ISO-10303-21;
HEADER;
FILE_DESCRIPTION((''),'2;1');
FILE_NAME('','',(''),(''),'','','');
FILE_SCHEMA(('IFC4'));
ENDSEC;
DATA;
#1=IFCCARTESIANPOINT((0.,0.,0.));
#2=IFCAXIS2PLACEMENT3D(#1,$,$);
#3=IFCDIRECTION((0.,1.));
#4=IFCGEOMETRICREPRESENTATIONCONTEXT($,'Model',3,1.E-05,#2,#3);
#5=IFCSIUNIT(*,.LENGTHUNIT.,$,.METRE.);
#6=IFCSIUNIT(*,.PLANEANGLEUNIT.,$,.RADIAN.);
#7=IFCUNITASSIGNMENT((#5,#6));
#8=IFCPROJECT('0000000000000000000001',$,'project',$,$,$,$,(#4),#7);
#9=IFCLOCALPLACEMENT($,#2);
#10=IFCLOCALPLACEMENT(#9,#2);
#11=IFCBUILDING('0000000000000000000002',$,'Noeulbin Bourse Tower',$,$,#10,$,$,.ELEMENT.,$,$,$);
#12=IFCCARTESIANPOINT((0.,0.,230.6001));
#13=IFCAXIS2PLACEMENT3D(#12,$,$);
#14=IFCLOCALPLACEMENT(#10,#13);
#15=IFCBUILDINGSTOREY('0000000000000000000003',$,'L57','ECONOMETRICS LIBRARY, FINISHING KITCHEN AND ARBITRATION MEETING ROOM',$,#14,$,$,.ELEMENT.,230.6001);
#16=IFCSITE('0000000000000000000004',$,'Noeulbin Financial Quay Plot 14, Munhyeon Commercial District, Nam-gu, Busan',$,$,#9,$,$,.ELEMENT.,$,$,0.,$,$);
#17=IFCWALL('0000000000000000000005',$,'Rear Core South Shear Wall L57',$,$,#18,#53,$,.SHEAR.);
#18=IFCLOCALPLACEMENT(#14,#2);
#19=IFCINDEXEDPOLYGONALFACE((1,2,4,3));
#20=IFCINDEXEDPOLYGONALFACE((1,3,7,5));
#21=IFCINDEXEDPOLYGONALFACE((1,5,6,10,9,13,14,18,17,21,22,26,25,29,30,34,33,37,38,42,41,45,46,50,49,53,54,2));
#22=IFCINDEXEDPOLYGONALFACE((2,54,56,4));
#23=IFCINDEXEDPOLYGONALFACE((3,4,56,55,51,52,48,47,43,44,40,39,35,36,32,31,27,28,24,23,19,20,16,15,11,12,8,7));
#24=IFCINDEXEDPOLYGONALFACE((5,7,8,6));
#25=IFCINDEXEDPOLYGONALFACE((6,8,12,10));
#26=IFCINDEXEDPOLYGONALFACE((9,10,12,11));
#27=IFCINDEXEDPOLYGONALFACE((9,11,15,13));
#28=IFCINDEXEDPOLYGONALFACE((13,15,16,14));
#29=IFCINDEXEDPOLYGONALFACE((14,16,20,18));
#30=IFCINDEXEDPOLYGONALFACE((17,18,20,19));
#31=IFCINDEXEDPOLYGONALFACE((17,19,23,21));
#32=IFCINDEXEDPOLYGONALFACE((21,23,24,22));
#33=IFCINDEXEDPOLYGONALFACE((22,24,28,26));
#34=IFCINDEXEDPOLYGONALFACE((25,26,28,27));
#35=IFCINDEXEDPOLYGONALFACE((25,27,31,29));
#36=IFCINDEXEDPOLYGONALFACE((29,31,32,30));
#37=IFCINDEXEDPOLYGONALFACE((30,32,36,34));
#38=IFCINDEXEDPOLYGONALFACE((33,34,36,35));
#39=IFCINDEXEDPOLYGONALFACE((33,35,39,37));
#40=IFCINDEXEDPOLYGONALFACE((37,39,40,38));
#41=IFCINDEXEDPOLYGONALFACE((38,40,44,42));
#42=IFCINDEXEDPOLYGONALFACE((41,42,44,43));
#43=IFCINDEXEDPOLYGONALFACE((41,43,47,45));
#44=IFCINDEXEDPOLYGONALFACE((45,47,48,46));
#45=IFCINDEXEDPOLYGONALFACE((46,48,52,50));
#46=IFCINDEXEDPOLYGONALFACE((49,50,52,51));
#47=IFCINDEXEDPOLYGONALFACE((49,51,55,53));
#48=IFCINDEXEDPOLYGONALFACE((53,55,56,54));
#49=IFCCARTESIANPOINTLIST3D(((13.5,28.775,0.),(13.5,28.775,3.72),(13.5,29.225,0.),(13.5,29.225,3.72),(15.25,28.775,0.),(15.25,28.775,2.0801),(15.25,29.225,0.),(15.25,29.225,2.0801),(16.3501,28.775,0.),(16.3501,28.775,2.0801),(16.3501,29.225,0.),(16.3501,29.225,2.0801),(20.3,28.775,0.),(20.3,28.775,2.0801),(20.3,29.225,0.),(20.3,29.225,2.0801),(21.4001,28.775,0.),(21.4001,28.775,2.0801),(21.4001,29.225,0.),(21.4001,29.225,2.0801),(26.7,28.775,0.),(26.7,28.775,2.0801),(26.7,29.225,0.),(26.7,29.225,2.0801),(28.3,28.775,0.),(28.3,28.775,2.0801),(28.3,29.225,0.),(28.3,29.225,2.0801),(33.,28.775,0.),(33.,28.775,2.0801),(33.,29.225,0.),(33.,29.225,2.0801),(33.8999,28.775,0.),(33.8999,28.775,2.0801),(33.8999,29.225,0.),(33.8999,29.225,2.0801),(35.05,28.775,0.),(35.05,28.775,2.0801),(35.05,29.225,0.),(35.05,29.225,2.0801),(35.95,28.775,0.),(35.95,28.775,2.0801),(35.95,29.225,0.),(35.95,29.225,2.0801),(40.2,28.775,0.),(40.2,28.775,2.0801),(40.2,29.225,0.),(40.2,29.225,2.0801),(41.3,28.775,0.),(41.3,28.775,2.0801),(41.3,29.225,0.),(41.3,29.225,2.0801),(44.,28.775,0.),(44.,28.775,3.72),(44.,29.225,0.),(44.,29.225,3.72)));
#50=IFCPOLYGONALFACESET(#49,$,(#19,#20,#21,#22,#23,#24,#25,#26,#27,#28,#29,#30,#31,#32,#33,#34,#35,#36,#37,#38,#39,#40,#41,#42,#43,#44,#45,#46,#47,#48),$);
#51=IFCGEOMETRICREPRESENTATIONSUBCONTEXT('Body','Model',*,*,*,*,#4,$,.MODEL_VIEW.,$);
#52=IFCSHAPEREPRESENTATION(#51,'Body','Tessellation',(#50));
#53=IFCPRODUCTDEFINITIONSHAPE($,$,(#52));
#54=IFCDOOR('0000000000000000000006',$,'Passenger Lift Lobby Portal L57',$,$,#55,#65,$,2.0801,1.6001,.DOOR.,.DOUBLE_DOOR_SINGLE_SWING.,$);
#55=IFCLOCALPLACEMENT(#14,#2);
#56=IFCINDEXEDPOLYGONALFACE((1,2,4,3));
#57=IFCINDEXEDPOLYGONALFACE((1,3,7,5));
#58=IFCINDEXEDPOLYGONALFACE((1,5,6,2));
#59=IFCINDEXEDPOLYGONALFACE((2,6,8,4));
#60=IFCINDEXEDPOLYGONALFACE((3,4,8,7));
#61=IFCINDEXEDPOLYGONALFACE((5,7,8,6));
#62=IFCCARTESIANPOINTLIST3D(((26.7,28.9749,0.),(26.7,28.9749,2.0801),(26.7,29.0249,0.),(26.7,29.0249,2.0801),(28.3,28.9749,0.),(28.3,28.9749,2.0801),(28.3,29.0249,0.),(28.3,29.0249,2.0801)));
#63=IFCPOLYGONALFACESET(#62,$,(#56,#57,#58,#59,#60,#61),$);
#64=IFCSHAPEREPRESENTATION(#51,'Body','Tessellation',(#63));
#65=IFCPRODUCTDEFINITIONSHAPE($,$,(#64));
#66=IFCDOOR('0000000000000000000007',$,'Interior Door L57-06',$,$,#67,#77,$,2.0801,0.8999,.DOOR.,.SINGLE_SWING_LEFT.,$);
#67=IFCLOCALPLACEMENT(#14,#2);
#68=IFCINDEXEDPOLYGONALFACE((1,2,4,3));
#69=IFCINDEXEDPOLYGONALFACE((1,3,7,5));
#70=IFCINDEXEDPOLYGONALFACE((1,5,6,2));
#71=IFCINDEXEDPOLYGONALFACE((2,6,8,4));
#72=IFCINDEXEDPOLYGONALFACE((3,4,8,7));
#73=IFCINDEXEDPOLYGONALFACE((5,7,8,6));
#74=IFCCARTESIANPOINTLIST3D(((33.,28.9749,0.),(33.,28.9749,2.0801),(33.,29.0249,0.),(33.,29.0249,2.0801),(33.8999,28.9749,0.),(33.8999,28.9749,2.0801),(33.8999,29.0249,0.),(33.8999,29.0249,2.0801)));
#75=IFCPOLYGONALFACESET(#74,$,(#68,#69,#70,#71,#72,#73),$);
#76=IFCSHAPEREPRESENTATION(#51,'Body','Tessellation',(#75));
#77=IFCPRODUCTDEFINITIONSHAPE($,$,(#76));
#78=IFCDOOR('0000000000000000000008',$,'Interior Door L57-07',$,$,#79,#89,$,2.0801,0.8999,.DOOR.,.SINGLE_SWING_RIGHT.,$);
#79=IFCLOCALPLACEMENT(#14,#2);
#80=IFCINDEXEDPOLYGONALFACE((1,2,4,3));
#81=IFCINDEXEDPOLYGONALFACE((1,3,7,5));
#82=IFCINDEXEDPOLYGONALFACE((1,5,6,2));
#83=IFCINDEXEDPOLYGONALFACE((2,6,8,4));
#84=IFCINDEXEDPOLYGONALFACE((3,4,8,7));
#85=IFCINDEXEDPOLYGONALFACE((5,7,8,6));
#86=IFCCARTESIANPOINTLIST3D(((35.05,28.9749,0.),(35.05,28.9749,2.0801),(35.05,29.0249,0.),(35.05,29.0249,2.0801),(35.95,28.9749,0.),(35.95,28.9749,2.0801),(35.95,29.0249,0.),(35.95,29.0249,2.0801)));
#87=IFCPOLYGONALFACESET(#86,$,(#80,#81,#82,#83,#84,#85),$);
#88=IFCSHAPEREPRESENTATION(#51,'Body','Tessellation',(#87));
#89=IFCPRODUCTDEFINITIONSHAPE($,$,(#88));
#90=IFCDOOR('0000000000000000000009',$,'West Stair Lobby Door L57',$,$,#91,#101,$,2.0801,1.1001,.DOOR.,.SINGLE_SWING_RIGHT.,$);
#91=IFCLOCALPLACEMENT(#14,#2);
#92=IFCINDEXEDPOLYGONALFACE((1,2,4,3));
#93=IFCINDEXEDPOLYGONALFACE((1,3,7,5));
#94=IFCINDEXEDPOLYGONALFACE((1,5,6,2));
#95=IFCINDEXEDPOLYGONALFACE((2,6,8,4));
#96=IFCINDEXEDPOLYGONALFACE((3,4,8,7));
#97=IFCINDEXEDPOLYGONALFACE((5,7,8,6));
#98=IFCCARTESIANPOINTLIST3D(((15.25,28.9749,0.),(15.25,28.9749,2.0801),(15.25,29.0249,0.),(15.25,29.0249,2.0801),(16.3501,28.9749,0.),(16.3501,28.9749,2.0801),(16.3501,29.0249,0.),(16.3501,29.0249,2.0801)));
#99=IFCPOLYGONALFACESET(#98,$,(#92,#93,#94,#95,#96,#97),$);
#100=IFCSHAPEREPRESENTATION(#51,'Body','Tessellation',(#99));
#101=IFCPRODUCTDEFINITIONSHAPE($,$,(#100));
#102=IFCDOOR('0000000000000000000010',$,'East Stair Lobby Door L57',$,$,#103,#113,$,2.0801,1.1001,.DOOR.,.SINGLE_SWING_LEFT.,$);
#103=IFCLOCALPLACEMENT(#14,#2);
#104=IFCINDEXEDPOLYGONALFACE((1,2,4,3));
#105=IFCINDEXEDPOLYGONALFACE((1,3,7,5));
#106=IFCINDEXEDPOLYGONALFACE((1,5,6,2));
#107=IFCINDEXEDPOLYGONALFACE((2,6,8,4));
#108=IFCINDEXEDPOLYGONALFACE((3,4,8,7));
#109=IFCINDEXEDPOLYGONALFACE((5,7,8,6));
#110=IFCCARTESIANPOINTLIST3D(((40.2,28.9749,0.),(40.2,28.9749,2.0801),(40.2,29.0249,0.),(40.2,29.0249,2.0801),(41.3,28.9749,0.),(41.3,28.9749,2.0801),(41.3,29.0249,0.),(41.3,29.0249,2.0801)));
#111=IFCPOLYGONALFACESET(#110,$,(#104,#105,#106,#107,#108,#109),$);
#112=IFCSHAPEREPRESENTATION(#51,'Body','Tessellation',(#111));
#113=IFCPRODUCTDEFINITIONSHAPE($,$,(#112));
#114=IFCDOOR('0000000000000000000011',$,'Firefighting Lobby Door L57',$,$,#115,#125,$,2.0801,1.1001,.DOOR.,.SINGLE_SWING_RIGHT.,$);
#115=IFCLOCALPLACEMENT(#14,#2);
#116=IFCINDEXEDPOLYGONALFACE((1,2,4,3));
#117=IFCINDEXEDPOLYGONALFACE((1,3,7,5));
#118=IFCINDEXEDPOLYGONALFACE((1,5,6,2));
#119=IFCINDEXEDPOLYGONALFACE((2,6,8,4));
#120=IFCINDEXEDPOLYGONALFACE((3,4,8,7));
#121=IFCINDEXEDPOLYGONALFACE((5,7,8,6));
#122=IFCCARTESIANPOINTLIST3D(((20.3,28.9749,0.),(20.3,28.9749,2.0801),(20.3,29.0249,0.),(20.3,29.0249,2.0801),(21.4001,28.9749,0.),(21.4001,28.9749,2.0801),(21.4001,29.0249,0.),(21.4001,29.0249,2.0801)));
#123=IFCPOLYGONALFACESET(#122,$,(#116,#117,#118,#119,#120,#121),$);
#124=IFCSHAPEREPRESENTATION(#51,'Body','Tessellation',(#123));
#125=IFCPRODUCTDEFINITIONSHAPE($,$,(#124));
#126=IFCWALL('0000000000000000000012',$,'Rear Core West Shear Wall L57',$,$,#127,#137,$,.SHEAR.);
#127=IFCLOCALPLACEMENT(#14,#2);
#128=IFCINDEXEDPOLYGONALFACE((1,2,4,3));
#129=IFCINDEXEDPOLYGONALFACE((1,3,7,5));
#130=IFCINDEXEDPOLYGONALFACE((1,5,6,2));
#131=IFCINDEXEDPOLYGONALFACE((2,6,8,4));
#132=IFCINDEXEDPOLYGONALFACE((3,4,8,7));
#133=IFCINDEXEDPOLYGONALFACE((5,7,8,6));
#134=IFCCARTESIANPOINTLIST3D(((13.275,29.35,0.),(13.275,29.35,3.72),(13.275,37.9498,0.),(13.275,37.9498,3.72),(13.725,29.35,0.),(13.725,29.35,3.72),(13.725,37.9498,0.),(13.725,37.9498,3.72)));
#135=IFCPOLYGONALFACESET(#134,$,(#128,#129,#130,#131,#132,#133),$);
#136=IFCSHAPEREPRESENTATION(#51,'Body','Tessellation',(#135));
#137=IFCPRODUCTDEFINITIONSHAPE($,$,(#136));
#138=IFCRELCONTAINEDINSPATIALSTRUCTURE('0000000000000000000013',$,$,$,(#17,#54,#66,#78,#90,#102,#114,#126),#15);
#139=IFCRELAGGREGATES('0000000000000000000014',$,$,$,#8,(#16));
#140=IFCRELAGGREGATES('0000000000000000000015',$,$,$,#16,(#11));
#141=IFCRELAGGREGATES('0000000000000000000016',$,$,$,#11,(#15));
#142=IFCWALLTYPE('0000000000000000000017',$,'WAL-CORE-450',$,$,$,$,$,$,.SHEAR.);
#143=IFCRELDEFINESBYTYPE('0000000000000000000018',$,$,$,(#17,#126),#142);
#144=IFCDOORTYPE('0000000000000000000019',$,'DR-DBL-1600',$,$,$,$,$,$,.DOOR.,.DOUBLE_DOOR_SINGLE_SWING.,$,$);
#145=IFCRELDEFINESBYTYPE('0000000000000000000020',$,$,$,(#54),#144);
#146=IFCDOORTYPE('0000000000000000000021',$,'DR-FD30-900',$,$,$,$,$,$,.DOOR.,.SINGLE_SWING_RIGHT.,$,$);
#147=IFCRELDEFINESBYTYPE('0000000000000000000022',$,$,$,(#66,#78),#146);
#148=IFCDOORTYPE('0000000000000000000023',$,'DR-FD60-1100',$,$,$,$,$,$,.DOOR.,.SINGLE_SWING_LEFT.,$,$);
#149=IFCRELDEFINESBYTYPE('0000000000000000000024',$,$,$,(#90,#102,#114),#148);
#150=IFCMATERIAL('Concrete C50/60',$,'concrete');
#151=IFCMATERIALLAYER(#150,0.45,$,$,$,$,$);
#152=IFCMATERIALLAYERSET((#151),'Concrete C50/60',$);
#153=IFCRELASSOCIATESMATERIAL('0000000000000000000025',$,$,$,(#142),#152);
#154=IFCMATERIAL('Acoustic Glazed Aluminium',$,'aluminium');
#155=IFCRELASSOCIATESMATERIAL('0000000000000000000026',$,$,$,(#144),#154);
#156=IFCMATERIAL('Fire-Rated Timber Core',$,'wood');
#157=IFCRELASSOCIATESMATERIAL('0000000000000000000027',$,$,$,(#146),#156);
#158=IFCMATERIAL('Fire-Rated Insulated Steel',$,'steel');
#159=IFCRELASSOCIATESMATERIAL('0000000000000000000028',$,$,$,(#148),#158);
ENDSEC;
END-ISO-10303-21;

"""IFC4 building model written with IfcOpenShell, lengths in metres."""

from ifc_helpers import new_model, si_unit, direction, frame, frame_2d, origin, place, context, subcontext, project, spatial, rectangle, extrude, material, layer, layer_set, type_object, element, fill, save


model = new_model("IFC4")

# Units and contexts
model_context = context("Model", 3, precision=1e-05, world=origin(), true_north=direction((0.0, 1.0)))
body_context = subcontext(model_context, "Body", "Model", "MODEL_VIEW")
ifc_project = project(units=[si_unit("LENGTHUNIT", "METRE"), si_unit("PLANEANGLEUNIT", "RADIAN")], contexts=[model_context])

# Site, building, storey
site_placement = place(None, origin())
site = spatial("IfcSite", under=ifc_project, at=site_placement, Name="Noeulbin Financial Quay Plot 14, Munhyeon Commercial District, Nam-gu, Busan", CompositionType="ELEMENT", RefElevation=0.0)
building_placement = place(site_placement, origin())
building = spatial("IfcBuilding", under=site, at=building_placement, Name="Noeulbin Bourse Tower", CompositionType="ELEMENT")
storey_placement = place(building_placement, frame((0.0, 0.0, 230.6001)))
storey = spatial("IfcBuildingStorey", under=building, at=storey_placement, Name="L57", Description="ECONOMETRICS LIBRARY, FINISHING KITCHEN AND ARBITRATION MEETING ROOM", CompositionType="ELEMENT", Elevation=230.6001)

# Wall, openings, doors
ifc_material_1 = material(Name="Concrete C50/60", Category="concrete")
ifc_layer_1 = layer(ifc_material_1, 0.45)
ifc_layer_set_1 = layer_set([ifc_layer_1], Name="Concrete C50/60")
wall_type = type_object("IfcWallType", Name="WAL-CORE-450", PredefinedType="SHEAR", material=ifc_layer_set_1)
wall_1_placement = place(storey_placement, frame((13.5, 29.0, 0.0), z_axis=(0.0, 0.0, 1.0), x_axis=(1.0, 0.0, 0.0)))
wall_1 = element("IfcWall", 1, at=wall_1_placement, inside=storey, type_object=wall_type, Name="Rear Core South Shear Wall L57", PredefinedType="SHEAR", context=body_context, shape_type="SweptSolid", body=[
    extrude(rectangle(XDim=30.5, YDim=0.45, at=frame_2d((15.25, 0.0))), origin(), (0.0, 0.0, 1.0), 3.72),
])
opening_1_placement = place(wall_1_placement, frame((1.75, 0.0, 0.0)))
opening_1 = element("IfcOpeningElement", 2, at=opening_1_placement, cuts=wall_1, PredefinedType="OPENING", context=body_context, shape_type="SweptSolid", body=[
    extrude(rectangle(XDim=1.1001, YDim=2.0801, at=frame_2d((0.55, 1.04))), frame((0.0, 0.2349, 0.0), z_axis=(0.0, -1.0, 0.0), x_axis=(1.0, 0.0, 0.0)), (0.0, 0.0, 1.0), 0.47),
])
opening_2_placement = place(wall_1_placement, frame((26.7, 0.0, 0.0)))
opening_2 = element("IfcOpeningElement", 3, at=opening_2_placement, cuts=wall_1, PredefinedType="OPENING", context=body_context, shape_type="SweptSolid", body=[
    extrude(rectangle(XDim=1.1001, YDim=2.0801, at=frame_2d((0.55, 1.04))), frame((0.0, 0.2349, 0.0), z_axis=(0.0, -1.0, 0.0), x_axis=(1.0, 0.0, 0.0)), (0.0, 0.0, 1.0), 0.47),
])
opening_3_placement = place(wall_1_placement, frame((6.8, 0.0, 0.0)))
opening_3 = element("IfcOpeningElement", 4, at=opening_3_placement, cuts=wall_1, PredefinedType="OPENING", context=body_context, shape_type="SweptSolid", body=[
    extrude(rectangle(XDim=1.1001, YDim=2.0801, at=frame_2d((0.55, 1.04))), frame((0.0, 0.2349, 0.0), z_axis=(0.0, -1.0, 0.0), x_axis=(1.0, 0.0, 0.0)), (0.0, 0.0, 1.0), 0.47),
])
opening_4_placement = place(wall_1_placement, frame((13.2, 0.0, 0.0)))
opening_4 = element("IfcOpeningElement", 5, at=opening_4_placement, cuts=wall_1, PredefinedType="OPENING", context=body_context, shape_type="SweptSolid", body=[
    extrude(rectangle(XDim=1.6001, YDim=2.0801, at=frame_2d((0.8, 1.04))), frame((0.0, 0.2349, 0.0), z_axis=(0.0, -1.0, 0.0), x_axis=(1.0, 0.0, 0.0)), (0.0, 0.0, 1.0), 0.47),
])
opening_5_placement = place(wall_1_placement, frame((19.5, 0.0, 0.0)))
opening_5 = element("IfcOpeningElement", 6, at=opening_5_placement, cuts=wall_1, PredefinedType="OPENING", context=body_context, shape_type="SweptSolid", body=[
    extrude(rectangle(XDim=0.8999, YDim=2.0801, at=frame_2d((0.45, 1.04))), frame((0.0, 0.2349, 0.0), z_axis=(0.0, -1.0, 0.0), x_axis=(1.0, 0.0, 0.0)), (0.0, 0.0, 1.0), 0.47),
])
opening_6_placement = place(wall_1_placement, frame((21.55, 0.0, 0.0)))
opening_6 = element("IfcOpeningElement", 7, at=opening_6_placement, cuts=wall_1, PredefinedType="OPENING", context=body_context, shape_type="SweptSolid", body=[
    extrude(rectangle(XDim=0.8999, YDim=2.0801, at=frame_2d((0.45, 1.04))), frame((0.0, 0.2349, 0.0), z_axis=(0.0, -1.0, 0.0), x_axis=(1.0, 0.0, 0.0)), (0.0, 0.0, 1.0), 0.47),
])
ifc_material_2 = material(Name="Acoustic Glazed Aluminium", Category="aluminium")
door_type_1 = type_object("IfcDoorType", Name="DR-DBL-1600", OperationType="DOUBLE_DOOR_SINGLE_SWING", PredefinedType="DOOR", material=ifc_material_2)
door_1_placement = place(opening_4_placement, origin())
door_1 = element("IfcDoor", 8, at=door_1_placement, inside=storey, type_object=door_type_1, Name="Passenger Lift Lobby Portal L57", OperationType="DOUBLE_DOOR_SINGLE_SWING", OverallHeight=2.0801, OverallWidth=1.6001, PredefinedType="DOOR", context=body_context, shape_type="SweptSolid", body=[
    extrude(rectangle(XDim=1.6001, YDim=2.0801, at=frame_2d((0.8, 1.04))), frame((0.0, 0.0249, 0.0), z_axis=(0.0, -1.0, 0.0), x_axis=(1.0, 0.0, 0.0)), (0.0, 0.0, 1.0), 0.05),
])
fill(opening_4, door_1)
ifc_material_3 = material(Name="Fire-Rated Timber Core", Category="wood")
door_type_2 = type_object("IfcDoorType", Name="DR-FD30-900", OperationType="SINGLE_SWING_RIGHT", PredefinedType="DOOR", material=ifc_material_3)
door_2_placement = place(opening_5_placement, origin())
door_2 = element("IfcDoor", 9, at=door_2_placement, inside=storey, type_object=door_type_2, Name="Interior Door L57-06", OperationType="SINGLE_SWING_LEFT", OverallHeight=2.0801, OverallWidth=0.8999, PredefinedType="DOOR", context=body_context, shape_type="SweptSolid", body=[
    extrude(rectangle(XDim=0.8999, YDim=2.0801, at=frame_2d((0.45, 1.04))), frame((0.0, 0.0249, 0.0), z_axis=(0.0, -1.0, 0.0), x_axis=(1.0, 0.0, 0.0)), (0.0, 0.0, 1.0), 0.05),
])
fill(opening_5, door_2)
door_3_placement = place(opening_6_placement, origin())
door_3 = element("IfcDoor", 10, at=door_3_placement, inside=storey, type_object=door_type_2, Name="Interior Door L57-07", OperationType="SINGLE_SWING_RIGHT", OverallHeight=2.0801, OverallWidth=0.8999, PredefinedType="DOOR", context=body_context, shape_type="SweptSolid", body=[
    extrude(rectangle(XDim=0.8999, YDim=2.0801, at=frame_2d((0.45, 1.04))), frame((0.0, 0.0249, 0.0), z_axis=(0.0, -1.0, 0.0), x_axis=(1.0, 0.0, 0.0)), (0.0, 0.0, 1.0), 0.05),
])
fill(opening_6, door_3)
ifc_material_4 = material(Name="Fire-Rated Insulated Steel", Category="steel")
door_type_3 = type_object("IfcDoorType", Name="DR-FD60-1100", OperationType="SINGLE_SWING_LEFT", PredefinedType="DOOR", material=ifc_material_4)
door_4_placement = place(opening_1_placement, origin())
door_4 = element("IfcDoor", 11, at=door_4_placement, inside=storey, type_object=door_type_3, Name="West Stair Lobby Door L57", OperationType="SINGLE_SWING_RIGHT", OverallHeight=2.0801, OverallWidth=1.1001, PredefinedType="DOOR", context=body_context, shape_type="SweptSolid", body=[
    extrude(rectangle(XDim=1.1001, YDim=2.0801, at=frame_2d((0.55, 1.04))), frame((0.0, 0.0249, 0.0), z_axis=(0.0, -1.0, 0.0), x_axis=(1.0, 0.0, 0.0)), (0.0, 0.0, 1.0), 0.05),
])
fill(opening_1, door_4)
door_5_placement = place(opening_2_placement, origin())
door_5 = element("IfcDoor", 12, at=door_5_placement, inside=storey, type_object=door_type_3, Name="East Stair Lobby Door L57", OperationType="SINGLE_SWING_LEFT", OverallHeight=2.0801, OverallWidth=1.1001, PredefinedType="DOOR", context=body_context, shape_type="SweptSolid", body=[
    extrude(rectangle(XDim=1.1001, YDim=2.0801, at=frame_2d((0.55, 1.04))), frame((0.0, 0.0249, 0.0), z_axis=(0.0, -1.0, 0.0), x_axis=(1.0, 0.0, 0.0)), (0.0, 0.0, 1.0), 0.05),
])
fill(opening_2, door_5)
door_6_placement = place(opening_3_placement, origin())
door_6 = element("IfcDoor", 13, at=door_6_placement, inside=storey, type_object=door_type_3, Name="Firefighting Lobby Door L57", OperationType="SINGLE_SWING_RIGHT", OverallHeight=2.0801, OverallWidth=1.1001, PredefinedType="DOOR", context=body_context, shape_type="SweptSolid", body=[
    extrude(rectangle(XDim=1.1001, YDim=2.0801, at=frame_2d((0.55, 1.04))), frame((0.0, 0.0249, 0.0), z_axis=(0.0, -1.0, 0.0), x_axis=(1.0, 0.0, 0.0)), (0.0, 0.0, 1.0), 0.05),
])
fill(opening_3, door_6)

# Wall
wall_2_placement = place(storey_placement, frame((13.5, 29.3501, 0.0), z_axis=(0.0, 0.0, 1.0), x_axis=(0.0, 1.0, 0.0)))
element("IfcWall", 14, at=wall_2_placement, inside=storey, type_object=wall_type, Name="Rear Core West Shear Wall L57", PredefinedType="SHEAR", context=body_context, shape_type="SweptSolid", body=[
    extrude(rectangle(XDim=8.5999, YDim=0.45, at=frame_2d((4.2998, 0.0))), origin(), (0.0, 0.0, 1.0), 3.72),
])

save(model, "model.ifc")
